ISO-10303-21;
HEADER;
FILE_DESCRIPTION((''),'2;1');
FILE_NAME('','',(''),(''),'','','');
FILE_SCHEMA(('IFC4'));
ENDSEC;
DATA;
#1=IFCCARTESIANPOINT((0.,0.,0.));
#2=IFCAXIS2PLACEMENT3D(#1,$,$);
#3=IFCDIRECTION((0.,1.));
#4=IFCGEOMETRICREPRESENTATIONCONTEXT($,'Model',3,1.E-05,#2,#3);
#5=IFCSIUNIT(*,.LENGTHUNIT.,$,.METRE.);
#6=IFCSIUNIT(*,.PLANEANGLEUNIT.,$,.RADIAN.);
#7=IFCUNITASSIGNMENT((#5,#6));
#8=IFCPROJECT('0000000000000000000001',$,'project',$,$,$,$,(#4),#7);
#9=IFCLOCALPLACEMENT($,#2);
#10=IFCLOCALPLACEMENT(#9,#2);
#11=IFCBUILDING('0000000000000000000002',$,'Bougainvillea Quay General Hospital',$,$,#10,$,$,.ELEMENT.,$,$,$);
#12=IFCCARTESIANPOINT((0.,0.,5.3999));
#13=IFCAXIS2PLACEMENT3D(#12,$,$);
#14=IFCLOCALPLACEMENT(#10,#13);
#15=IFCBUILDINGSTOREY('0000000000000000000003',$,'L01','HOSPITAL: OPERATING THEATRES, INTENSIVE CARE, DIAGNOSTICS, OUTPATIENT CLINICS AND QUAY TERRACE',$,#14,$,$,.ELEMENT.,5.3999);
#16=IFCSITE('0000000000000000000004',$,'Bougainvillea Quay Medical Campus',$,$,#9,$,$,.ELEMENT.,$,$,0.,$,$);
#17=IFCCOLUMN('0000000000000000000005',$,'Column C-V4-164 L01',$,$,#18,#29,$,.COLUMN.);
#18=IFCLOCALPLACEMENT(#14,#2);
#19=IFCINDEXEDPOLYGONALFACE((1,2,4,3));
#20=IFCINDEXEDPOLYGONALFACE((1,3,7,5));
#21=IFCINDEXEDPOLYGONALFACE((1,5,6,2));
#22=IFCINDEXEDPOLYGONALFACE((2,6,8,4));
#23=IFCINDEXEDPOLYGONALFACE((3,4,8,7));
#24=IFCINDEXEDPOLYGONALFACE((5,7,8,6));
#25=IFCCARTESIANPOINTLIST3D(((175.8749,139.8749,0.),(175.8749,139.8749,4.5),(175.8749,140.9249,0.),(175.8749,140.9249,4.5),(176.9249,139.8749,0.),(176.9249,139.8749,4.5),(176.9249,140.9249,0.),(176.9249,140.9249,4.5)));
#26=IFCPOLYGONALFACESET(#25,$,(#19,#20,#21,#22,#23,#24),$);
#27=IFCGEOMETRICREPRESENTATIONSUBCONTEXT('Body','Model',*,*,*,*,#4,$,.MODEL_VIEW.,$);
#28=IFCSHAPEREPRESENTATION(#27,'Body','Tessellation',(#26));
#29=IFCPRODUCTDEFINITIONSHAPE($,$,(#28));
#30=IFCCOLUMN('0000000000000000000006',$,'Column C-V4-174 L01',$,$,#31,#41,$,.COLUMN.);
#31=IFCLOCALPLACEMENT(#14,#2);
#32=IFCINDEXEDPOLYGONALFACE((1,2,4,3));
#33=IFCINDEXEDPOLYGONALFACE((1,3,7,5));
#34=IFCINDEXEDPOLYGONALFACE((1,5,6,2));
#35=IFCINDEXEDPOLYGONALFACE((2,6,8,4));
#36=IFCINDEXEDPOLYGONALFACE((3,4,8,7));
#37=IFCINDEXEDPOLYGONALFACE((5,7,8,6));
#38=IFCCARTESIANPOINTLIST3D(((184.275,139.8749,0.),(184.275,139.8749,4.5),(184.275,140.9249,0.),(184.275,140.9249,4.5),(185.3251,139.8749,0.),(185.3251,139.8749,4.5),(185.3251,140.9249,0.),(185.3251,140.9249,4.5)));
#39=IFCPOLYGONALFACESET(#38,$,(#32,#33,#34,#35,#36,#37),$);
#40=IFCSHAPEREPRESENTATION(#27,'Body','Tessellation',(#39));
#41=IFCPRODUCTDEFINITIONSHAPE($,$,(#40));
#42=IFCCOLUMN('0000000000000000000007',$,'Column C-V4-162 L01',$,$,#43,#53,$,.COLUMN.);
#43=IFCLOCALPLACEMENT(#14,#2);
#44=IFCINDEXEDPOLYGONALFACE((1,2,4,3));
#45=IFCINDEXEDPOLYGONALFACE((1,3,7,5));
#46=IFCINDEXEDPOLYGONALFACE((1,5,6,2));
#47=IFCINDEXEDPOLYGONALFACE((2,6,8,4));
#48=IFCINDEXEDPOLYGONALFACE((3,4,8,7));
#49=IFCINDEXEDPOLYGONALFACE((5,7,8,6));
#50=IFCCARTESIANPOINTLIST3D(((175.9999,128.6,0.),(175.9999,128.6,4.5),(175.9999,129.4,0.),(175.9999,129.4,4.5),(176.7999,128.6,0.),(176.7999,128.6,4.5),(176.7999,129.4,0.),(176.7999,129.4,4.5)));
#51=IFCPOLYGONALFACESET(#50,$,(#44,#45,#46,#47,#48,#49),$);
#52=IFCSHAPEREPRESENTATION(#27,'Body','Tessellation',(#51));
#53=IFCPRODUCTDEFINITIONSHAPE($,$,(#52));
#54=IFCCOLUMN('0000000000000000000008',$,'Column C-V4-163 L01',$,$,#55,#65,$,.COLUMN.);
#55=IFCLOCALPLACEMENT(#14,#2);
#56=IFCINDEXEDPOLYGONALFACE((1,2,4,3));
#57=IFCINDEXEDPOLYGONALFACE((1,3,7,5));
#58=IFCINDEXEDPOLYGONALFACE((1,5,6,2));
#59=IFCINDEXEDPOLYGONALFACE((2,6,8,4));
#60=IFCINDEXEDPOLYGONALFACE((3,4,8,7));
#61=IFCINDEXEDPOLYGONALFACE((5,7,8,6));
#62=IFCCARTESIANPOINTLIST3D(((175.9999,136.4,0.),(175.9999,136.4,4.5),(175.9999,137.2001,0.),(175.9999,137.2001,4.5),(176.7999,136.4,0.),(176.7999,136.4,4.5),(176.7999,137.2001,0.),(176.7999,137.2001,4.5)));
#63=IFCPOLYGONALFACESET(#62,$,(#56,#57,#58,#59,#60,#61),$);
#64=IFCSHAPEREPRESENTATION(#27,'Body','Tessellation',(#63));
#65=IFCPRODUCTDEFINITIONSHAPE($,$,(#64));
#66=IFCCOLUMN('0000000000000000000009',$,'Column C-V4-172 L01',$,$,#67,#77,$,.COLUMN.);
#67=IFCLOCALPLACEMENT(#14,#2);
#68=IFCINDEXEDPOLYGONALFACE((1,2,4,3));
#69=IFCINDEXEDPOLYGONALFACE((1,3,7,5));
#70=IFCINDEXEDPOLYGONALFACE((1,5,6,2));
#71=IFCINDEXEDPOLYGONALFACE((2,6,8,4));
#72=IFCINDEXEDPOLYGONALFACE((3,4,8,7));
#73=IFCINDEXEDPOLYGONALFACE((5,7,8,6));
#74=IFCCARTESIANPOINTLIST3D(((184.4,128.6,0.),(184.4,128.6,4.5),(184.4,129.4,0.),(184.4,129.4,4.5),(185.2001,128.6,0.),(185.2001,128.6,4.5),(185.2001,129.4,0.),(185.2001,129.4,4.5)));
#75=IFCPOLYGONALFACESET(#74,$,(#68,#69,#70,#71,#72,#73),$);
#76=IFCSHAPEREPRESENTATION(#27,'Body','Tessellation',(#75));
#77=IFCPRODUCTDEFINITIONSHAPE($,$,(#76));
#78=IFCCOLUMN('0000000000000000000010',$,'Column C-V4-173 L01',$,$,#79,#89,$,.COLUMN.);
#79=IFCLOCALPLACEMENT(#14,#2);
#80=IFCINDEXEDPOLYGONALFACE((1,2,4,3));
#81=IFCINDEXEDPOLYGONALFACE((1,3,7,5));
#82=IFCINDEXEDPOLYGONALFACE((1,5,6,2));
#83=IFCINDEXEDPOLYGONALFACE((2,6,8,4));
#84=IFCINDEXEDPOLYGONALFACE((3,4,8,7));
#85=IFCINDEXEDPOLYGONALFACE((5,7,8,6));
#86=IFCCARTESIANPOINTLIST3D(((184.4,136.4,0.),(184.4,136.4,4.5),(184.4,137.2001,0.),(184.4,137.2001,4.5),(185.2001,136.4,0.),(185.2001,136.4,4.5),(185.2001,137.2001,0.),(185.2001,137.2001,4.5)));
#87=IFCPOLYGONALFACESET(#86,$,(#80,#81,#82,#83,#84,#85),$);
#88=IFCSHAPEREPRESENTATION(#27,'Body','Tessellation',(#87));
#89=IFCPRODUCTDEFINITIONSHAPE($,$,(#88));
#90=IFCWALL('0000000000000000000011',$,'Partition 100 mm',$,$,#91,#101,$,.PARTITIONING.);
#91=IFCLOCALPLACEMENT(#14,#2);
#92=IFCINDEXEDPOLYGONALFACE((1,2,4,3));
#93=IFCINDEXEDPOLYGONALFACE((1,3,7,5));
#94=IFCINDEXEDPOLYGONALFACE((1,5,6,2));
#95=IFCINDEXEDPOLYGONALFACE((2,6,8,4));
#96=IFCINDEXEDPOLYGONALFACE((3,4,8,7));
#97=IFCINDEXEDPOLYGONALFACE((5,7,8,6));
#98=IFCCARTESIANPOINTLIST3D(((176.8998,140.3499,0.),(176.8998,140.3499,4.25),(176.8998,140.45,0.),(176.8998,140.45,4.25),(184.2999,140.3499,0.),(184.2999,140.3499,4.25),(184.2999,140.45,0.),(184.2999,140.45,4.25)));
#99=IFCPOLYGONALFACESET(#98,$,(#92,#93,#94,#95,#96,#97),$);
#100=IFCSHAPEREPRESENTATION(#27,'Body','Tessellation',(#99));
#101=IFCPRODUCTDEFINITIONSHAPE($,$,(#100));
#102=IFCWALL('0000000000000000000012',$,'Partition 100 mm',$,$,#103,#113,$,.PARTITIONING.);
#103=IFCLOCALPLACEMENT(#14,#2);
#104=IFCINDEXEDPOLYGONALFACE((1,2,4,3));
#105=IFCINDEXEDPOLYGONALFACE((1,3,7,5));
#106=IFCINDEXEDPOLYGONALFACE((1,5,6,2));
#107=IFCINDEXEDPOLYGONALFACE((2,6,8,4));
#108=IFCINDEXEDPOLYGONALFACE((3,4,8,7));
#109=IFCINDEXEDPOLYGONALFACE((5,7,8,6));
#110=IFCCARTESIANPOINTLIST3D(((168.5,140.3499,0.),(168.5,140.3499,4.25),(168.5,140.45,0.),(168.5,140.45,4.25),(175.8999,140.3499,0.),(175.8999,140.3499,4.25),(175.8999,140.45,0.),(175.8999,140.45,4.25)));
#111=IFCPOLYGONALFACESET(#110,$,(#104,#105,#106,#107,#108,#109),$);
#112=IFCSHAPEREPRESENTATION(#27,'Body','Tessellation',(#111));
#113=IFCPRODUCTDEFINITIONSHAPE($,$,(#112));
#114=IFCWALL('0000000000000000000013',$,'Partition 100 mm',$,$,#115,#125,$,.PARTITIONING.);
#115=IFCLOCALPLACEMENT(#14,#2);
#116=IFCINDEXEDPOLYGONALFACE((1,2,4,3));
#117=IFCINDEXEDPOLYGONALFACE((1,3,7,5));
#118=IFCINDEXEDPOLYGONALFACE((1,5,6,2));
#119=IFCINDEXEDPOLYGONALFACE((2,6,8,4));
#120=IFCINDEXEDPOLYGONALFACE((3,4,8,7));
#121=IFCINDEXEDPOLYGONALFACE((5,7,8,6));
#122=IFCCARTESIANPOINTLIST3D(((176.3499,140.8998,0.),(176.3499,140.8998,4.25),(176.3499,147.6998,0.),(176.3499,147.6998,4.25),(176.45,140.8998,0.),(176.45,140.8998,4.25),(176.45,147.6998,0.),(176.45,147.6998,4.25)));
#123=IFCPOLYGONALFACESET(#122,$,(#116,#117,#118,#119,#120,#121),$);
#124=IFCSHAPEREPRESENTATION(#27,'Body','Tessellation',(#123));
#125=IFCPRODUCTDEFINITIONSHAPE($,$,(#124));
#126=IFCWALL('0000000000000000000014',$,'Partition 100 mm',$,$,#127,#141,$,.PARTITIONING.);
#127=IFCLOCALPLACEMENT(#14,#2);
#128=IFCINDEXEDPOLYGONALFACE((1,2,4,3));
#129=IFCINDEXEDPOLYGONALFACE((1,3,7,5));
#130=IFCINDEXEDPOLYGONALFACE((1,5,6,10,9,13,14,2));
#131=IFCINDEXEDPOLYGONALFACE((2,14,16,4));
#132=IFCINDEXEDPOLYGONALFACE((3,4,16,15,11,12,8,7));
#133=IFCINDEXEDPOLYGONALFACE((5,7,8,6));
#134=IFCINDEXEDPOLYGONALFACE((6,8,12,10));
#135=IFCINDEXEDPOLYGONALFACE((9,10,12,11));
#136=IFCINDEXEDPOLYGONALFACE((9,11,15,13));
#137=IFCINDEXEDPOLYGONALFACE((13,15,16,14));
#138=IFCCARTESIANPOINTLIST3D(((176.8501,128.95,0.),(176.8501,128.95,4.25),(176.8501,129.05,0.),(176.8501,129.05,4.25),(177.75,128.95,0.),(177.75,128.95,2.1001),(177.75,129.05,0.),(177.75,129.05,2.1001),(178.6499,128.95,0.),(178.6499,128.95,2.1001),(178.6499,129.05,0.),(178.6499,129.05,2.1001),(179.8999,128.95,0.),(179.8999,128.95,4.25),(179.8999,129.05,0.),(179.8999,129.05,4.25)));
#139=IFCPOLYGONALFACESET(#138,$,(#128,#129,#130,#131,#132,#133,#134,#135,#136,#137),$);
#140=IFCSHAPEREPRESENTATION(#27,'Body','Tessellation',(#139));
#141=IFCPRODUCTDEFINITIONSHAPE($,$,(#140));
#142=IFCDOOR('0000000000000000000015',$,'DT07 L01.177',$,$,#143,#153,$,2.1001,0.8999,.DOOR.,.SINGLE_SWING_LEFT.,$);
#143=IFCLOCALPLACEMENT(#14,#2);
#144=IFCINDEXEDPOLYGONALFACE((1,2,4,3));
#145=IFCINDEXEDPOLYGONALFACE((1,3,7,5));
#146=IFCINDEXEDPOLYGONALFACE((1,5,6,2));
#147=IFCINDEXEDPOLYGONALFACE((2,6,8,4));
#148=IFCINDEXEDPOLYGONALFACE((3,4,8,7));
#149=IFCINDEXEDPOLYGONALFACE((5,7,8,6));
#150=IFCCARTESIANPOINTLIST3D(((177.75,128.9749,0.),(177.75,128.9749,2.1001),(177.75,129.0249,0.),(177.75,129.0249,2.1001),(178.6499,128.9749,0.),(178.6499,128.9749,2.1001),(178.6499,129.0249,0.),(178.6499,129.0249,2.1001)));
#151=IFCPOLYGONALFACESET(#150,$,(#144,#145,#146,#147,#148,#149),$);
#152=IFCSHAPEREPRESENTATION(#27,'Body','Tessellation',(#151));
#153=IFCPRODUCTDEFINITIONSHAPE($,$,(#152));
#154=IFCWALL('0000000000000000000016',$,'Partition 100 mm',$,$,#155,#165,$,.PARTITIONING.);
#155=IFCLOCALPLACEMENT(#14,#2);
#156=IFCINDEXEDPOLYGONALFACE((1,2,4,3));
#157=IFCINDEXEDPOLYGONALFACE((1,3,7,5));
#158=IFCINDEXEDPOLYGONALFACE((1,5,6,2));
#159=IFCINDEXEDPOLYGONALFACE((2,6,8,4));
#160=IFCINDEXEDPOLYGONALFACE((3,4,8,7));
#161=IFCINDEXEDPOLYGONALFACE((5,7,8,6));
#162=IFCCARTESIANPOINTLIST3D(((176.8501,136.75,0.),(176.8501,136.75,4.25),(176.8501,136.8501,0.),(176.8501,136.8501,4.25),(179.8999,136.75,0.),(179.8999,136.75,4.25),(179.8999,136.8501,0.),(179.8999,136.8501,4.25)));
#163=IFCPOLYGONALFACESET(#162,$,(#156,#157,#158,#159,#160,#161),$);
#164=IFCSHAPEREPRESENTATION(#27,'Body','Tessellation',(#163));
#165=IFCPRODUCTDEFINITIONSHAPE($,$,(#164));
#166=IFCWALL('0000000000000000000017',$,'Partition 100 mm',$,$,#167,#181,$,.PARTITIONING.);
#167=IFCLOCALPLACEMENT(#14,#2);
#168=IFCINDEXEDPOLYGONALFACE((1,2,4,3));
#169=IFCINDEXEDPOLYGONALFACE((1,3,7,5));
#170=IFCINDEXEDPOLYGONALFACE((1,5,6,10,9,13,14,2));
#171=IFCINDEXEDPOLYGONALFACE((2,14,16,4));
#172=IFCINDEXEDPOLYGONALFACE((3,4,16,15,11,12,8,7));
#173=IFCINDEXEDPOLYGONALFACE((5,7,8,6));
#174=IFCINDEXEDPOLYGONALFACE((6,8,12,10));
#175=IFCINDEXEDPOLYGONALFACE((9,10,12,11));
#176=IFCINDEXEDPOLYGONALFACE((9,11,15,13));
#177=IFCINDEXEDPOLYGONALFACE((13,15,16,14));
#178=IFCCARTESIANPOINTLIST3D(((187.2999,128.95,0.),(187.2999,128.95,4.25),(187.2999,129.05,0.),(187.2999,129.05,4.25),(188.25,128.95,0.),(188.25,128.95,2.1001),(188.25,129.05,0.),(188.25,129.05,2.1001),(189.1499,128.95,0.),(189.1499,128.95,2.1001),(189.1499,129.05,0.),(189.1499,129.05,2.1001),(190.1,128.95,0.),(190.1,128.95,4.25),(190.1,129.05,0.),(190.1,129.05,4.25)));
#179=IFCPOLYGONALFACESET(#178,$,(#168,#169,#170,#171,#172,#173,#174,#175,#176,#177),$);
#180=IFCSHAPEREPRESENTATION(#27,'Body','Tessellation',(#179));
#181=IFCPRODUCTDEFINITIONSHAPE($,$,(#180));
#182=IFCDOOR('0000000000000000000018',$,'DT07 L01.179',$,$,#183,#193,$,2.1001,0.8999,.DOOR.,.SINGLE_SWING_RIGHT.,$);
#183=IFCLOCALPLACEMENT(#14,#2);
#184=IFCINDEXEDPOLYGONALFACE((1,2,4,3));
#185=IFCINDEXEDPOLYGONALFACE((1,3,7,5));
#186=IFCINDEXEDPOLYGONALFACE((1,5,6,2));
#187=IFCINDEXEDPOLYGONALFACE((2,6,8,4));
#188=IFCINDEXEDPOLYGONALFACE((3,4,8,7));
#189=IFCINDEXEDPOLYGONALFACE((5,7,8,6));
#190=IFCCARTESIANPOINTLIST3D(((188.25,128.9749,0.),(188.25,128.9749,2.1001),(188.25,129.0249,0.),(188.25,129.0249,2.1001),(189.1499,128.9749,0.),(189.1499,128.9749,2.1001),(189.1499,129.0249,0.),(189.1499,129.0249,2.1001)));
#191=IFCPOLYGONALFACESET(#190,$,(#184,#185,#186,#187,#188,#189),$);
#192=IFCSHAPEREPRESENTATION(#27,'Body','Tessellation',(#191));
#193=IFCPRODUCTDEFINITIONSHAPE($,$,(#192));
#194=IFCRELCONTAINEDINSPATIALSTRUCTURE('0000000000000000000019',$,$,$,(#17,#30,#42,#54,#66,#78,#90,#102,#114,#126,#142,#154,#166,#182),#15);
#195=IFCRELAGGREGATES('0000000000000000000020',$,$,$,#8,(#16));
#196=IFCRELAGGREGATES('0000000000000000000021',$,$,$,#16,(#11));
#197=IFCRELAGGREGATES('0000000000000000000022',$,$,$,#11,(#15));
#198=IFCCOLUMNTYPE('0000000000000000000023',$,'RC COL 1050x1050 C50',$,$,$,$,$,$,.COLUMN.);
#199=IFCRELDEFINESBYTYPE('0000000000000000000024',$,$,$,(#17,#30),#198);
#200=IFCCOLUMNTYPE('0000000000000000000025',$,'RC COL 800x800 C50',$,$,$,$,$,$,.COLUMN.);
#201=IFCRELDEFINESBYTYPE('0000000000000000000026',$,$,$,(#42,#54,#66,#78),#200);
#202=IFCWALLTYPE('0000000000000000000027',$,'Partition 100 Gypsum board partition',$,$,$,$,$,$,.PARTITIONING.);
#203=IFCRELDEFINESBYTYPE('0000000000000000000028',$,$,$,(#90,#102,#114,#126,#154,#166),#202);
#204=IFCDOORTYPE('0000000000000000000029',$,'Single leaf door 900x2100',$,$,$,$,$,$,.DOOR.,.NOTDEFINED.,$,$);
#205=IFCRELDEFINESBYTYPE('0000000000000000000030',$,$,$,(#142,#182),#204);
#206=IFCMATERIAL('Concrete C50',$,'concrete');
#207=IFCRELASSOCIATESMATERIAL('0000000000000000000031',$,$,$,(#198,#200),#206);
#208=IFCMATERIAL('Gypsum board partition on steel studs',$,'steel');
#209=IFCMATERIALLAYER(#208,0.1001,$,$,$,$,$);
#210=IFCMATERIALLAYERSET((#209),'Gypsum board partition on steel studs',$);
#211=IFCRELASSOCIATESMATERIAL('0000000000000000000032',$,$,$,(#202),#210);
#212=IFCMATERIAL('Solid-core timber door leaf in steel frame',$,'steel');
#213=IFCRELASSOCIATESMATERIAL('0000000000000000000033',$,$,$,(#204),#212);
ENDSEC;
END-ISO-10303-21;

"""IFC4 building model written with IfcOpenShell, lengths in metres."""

from ifc_helpers import new_model, si_unit, direction, frame, frame_2d, origin, origin_2d, place, context, subcontext, project, spatial, rectangle, extrude, material, layer, layer_set, material_profile, profile_set, type_object, element, fill, save


model = new_model("IFC4")

# Units and contexts
model_context = context("Model", 3, precision=1e-05, world=origin(), true_north=direction((0.0, 1.0)))
body_context = subcontext(model_context, "Body", "Model", "MODEL_VIEW")
ifc_project = project(units=[si_unit("LENGTHUNIT", "METRE"), si_unit("PLANEANGLEUNIT", "RADIAN")], contexts=[model_context])

# Site, building, storey
site_placement = place(None, origin())
site = spatial("IfcSite", under=ifc_project, at=site_placement, Name="Bougainvillea Quay Medical Campus", CompositionType="ELEMENT", RefElevation=0.0)
building_placement = place(site_placement, origin())
building = spatial("IfcBuilding", under=site, at=building_placement, Name="Bougainvillea Quay General Hospital", CompositionType="ELEMENT")
storey_placement = place(building_placement, frame((0.0, 0.0, 5.3999)))
storey = spatial("IfcBuildingStorey", under=building, at=storey_placement, Name="L01", Description="HOSPITAL: OPERATING THEATRES, INTENSIVE CARE, DIAGNOSTICS, OUTPATIENT CLINICS AND QUAY TERRACE", CompositionType="ELEMENT", Elevation=5.3999)

# Columns
ifc_material_1 = material(Name="Concrete C50", Category="concrete")
ifc_material_profile_1 = material_profile(ifc_material_1, rectangle(XDim=1.05, YDim=1.05, at=origin_2d()))
ifc_profile_set_1 = profile_set([ifc_material_profile_1], Name="Concrete C50")
column_type_1 = type_object("IfcColumnType", Name="RC COL 1050x1050 C50", PredefinedType="COLUMN", material=ifc_profile_set_1)
for number, where, z_axis, x_axis, name in (
    (1, (176.3999, 140.3999, 0.0), (0.0, 0.0, 1.0), (1.0, 0.0, 0.0), "Column C-V4-164 L01"),
    (2, (184.8, 140.3999, 0.0), (0.0, 0.0, 1.0), (1.0, 0.0, 0.0), "Column C-V4-174 L01"),
):
    element("IfcColumn", number, at=place(storey_placement, frame(where, z_axis=z_axis, x_axis=x_axis)), inside=storey, type_object=column_type_1, Name=name, PredefinedType="COLUMN", context=body_context, shape_type="SweptSolid", body=[
        extrude(rectangle(XDim=1.05, YDim=1.05, at=origin_2d()), origin(), (0.0, 0.0, 1.0), 4.5),
    ])
ifc_material_profile_2 = material_profile(ifc_material_1, rectangle(XDim=0.8, YDim=0.8, at=origin_2d()))
ifc_profile_set_2 = profile_set([ifc_material_profile_2], Name="Concrete C50")
column_type_2 = type_object("IfcColumnType", Name="RC COL 800x800 C50", PredefinedType="COLUMN", material=ifc_profile_set_2)
for number, where, z_axis, x_axis, name in (
    (3, (176.3999, 129.0, 0.0), (0.0, 0.0, 1.0), (1.0, 0.0, 0.0), "Column C-V4-162 L01"),
    (4, (176.3999, 136.8, 0.0), (0.0, 0.0, 1.0), (1.0, 0.0, 0.0), "Column C-V4-163 L01"),
    (5, (184.8, 129.0, 0.0), (0.0, 0.0, 1.0), (1.0, 0.0, 0.0), "Column C-V4-172 L01"),
    (6, (184.8, 136.8, 0.0), (0.0, 0.0, 1.0), (1.0, 0.0, 0.0), "Column C-V4-173 L01"),
):
    element("IfcColumn", number, at=place(storey_placement, frame(where, z_axis=z_axis, x_axis=x_axis)), inside=storey, type_object=column_type_2, Name=name, PredefinedType="COLUMN", context=body_context, shape_type="SweptSolid", body=[
        extrude(rectangle(XDim=0.8, YDim=0.8, at=origin_2d()), origin(), (0.0, 0.0, 1.0), 4.5),
    ])

# Walls
ifc_material_2 = material(Name="Gypsum board partition on steel studs", Category="steel")
ifc_layer_1 = layer(ifc_material_2, 0.1001)
ifc_layer_set_1 = layer_set([ifc_layer_1], Name="Gypsum board partition on steel studs")
wall_type_1 = type_object("IfcWallType", Name="Partition 100 Gypsum board partition", PredefinedType="PARTITIONING", material=ifc_layer_set_1)
wall_1_placement = place(storey_placement, frame((184.3, 140.3999, 0.0), z_axis=(0.0, 0.0, 1.0), x_axis=(-1.0, 0.0, 0.0)))
element("IfcWall", 7, at=wall_1_placement, inside=storey, type_object=wall_type_1, Name="Partition 100 mm", PredefinedType="PARTITIONING", context=body_context, shape_type="SweptSolid", body=[
    extrude(rectangle(XDim=7.4001, YDim=0.1001, at=frame_2d((3.7002, 0.0))), origin(), (0.0, 0.0, 1.0), 4.25),
])
wall_2_placement = place(storey_placement, frame((175.8999, 140.3999, 0.0), z_axis=(0.0, 0.0, 1.0), x_axis=(-1.0, 0.0, 0.0)))
element("IfcWall", 8, at=wall_2_placement, inside=storey, type_object=wall_type_1, Name="Partition 100 mm", PredefinedType="PARTITIONING", context=body_context, shape_type="SweptSolid", body=[
    extrude(rectangle(XDim=7.3999, YDim=0.1001, at=frame_2d((3.7, 0.0))), origin(), (0.0, 0.0, 1.0), 4.25),
])
wall_3_placement = place(storey_placement, frame((176.3999, 140.8999, 0.0), z_axis=(0.0, 0.0, 1.0), x_axis=(0.0, 1.0, 0.0)))
element("IfcWall", 9, at=wall_3_placement, inside=storey, type_object=wall_type_1, Name="Partition 100 mm", PredefinedType="PARTITIONING", context=body_context, shape_type="SweptSolid", body=[
    extrude(rectangle(XDim=6.8, YDim=0.1001, at=frame_2d((3.3999, 0.0))), origin(), (0.0, 0.0, 1.0), 4.25),
])

# Wall, opening, door
wall_4_placement = place(storey_placement, frame((176.8501, 129.0, 0.0), z_axis=(0.0, 0.0, 1.0), x_axis=(1.0, 0.0, 0.0)))
wall_4 = element("IfcWall", 10, at=wall_4_placement, inside=storey, type_object=wall_type_1, Name="Partition 100 mm", PredefinedType="PARTITIONING", context=body_context, shape_type="SweptSolid", body=[
    extrude(rectangle(XDim=3.0498, YDim=0.1001, at=frame_2d((1.5249, 0.0))), origin(), (0.0, 0.0, 1.0), 4.25),
])
opening_1_placement = place(wall_4_placement, frame((0.8999, 0.0, 0.0)))
opening_1 = element("IfcOpeningElement", 11, at=opening_1_placement, cuts=wall_4, PredefinedType="OPENING", context=body_context, shape_type="SweptSolid", body=[
    extrude(rectangle(XDim=0.8999, YDim=2.1001, at=frame_2d((0.45, 1.05))), frame((0.0, 0.0601, 0.0), z_axis=(0.0, -1.0, 0.0), x_axis=(1.0, 0.0, 0.0)), (0.0, 0.0, 1.0), 0.1201),
])
ifc_material_3 = material(Name="Solid-core timber door leaf in steel frame", Category="steel")
door_type_1 = type_object("IfcDoorType", Name="Single leaf door 900x2100", OperationType="NOTDEFINED", PredefinedType="DOOR", material=ifc_material_3)
door_1_placement = place(opening_1_placement, origin())
door_1 = element("IfcDoor", 12, at=door_1_placement, inside=storey, type_object=door_type_1, Name="DT07 L01.177", OperationType="SINGLE_SWING_LEFT", OverallHeight=2.1001, OverallWidth=0.8999, PredefinedType="DOOR", context=body_context, shape_type="SweptSolid", body=[
    extrude(rectangle(XDim=0.8999, YDim=2.1001, at=frame_2d((0.45, 1.05))), frame((0.0, 0.0249, 0.0), z_axis=(0.0, -1.0, 0.0), x_axis=(1.0, 0.0, 0.0)), (0.0, 0.0, 1.0), 0.05),
])
fill(opening_1, door_1)

# Wall
wall_5_placement = place(storey_placement, frame((176.8501, 136.8, 0.0), z_axis=(0.0, 0.0, 1.0), x_axis=(1.0, 0.0, 0.0)))
element("IfcWall", 13, at=wall_5_placement, inside=storey, type_object=wall_type_1, Name="Partition 100 mm", PredefinedType="PARTITIONING", context=body_context, shape_type="SweptSolid", body=[
    extrude(rectangle(XDim=3.0498, YDim=0.1001, at=frame_2d((1.5249, 0.0))), origin(), (0.0, 0.0, 1.0), 4.25),
])

# Wall, opening, door
wall_6_placement = place(storey_placement, frame((187.3, 129.0, 0.0), z_axis=(0.0, 0.0, 1.0), x_axis=(1.0, 0.0, 0.0)))
wall_6 = element("IfcWall", 14, at=wall_6_placement, inside=storey, type_object=wall_type_1, Name="Partition 100 mm", PredefinedType="PARTITIONING", context=body_context, shape_type="SweptSolid", body=[
    extrude(rectangle(XDim=2.8, YDim=0.1001, at=frame_2d((1.3999, 0.0))), origin(), (0.0, 0.0, 1.0), 4.25),
])
opening_2_placement = place(wall_6_placement, frame((0.95, 0.0, 0.0)))
opening_2 = element("IfcOpeningElement", 15, at=opening_2_placement, cuts=wall_6, PredefinedType="OPENING", context=body_context, shape_type="SweptSolid", body=[
    extrude(rectangle(XDim=0.8999, YDim=2.1001, at=frame_2d((0.45, 1.05))), frame((0.0, 0.0601, 0.0), z_axis=(0.0, -1.0, 0.0), x_axis=(1.0, 0.0, 0.0)), (0.0, 0.0, 1.0), 0.1201),
])
door_2_placement = place(opening_2_placement, origin())
door_2 = element("IfcDoor", 16, at=door_2_placement, inside=storey, type_object=door_type_1, Name="DT07 L01.179", OperationType="SINGLE_SWING_RIGHT", OverallHeight=2.1001, OverallWidth=0.8999, PredefinedType="DOOR", context=body_context, shape_type="SweptSolid", body=[
    extrude(rectangle(XDim=0.8999, YDim=2.1001, at=frame_2d((0.45, 1.05))), frame((0.0, 0.0249, 0.0), z_axis=(0.0, -1.0, 0.0), x_axis=(1.0, 0.0, 0.0)), (0.0, 0.0, 1.0), 0.05),
])
fill(opening_2, door_2)

save(model, "model.ifc")
